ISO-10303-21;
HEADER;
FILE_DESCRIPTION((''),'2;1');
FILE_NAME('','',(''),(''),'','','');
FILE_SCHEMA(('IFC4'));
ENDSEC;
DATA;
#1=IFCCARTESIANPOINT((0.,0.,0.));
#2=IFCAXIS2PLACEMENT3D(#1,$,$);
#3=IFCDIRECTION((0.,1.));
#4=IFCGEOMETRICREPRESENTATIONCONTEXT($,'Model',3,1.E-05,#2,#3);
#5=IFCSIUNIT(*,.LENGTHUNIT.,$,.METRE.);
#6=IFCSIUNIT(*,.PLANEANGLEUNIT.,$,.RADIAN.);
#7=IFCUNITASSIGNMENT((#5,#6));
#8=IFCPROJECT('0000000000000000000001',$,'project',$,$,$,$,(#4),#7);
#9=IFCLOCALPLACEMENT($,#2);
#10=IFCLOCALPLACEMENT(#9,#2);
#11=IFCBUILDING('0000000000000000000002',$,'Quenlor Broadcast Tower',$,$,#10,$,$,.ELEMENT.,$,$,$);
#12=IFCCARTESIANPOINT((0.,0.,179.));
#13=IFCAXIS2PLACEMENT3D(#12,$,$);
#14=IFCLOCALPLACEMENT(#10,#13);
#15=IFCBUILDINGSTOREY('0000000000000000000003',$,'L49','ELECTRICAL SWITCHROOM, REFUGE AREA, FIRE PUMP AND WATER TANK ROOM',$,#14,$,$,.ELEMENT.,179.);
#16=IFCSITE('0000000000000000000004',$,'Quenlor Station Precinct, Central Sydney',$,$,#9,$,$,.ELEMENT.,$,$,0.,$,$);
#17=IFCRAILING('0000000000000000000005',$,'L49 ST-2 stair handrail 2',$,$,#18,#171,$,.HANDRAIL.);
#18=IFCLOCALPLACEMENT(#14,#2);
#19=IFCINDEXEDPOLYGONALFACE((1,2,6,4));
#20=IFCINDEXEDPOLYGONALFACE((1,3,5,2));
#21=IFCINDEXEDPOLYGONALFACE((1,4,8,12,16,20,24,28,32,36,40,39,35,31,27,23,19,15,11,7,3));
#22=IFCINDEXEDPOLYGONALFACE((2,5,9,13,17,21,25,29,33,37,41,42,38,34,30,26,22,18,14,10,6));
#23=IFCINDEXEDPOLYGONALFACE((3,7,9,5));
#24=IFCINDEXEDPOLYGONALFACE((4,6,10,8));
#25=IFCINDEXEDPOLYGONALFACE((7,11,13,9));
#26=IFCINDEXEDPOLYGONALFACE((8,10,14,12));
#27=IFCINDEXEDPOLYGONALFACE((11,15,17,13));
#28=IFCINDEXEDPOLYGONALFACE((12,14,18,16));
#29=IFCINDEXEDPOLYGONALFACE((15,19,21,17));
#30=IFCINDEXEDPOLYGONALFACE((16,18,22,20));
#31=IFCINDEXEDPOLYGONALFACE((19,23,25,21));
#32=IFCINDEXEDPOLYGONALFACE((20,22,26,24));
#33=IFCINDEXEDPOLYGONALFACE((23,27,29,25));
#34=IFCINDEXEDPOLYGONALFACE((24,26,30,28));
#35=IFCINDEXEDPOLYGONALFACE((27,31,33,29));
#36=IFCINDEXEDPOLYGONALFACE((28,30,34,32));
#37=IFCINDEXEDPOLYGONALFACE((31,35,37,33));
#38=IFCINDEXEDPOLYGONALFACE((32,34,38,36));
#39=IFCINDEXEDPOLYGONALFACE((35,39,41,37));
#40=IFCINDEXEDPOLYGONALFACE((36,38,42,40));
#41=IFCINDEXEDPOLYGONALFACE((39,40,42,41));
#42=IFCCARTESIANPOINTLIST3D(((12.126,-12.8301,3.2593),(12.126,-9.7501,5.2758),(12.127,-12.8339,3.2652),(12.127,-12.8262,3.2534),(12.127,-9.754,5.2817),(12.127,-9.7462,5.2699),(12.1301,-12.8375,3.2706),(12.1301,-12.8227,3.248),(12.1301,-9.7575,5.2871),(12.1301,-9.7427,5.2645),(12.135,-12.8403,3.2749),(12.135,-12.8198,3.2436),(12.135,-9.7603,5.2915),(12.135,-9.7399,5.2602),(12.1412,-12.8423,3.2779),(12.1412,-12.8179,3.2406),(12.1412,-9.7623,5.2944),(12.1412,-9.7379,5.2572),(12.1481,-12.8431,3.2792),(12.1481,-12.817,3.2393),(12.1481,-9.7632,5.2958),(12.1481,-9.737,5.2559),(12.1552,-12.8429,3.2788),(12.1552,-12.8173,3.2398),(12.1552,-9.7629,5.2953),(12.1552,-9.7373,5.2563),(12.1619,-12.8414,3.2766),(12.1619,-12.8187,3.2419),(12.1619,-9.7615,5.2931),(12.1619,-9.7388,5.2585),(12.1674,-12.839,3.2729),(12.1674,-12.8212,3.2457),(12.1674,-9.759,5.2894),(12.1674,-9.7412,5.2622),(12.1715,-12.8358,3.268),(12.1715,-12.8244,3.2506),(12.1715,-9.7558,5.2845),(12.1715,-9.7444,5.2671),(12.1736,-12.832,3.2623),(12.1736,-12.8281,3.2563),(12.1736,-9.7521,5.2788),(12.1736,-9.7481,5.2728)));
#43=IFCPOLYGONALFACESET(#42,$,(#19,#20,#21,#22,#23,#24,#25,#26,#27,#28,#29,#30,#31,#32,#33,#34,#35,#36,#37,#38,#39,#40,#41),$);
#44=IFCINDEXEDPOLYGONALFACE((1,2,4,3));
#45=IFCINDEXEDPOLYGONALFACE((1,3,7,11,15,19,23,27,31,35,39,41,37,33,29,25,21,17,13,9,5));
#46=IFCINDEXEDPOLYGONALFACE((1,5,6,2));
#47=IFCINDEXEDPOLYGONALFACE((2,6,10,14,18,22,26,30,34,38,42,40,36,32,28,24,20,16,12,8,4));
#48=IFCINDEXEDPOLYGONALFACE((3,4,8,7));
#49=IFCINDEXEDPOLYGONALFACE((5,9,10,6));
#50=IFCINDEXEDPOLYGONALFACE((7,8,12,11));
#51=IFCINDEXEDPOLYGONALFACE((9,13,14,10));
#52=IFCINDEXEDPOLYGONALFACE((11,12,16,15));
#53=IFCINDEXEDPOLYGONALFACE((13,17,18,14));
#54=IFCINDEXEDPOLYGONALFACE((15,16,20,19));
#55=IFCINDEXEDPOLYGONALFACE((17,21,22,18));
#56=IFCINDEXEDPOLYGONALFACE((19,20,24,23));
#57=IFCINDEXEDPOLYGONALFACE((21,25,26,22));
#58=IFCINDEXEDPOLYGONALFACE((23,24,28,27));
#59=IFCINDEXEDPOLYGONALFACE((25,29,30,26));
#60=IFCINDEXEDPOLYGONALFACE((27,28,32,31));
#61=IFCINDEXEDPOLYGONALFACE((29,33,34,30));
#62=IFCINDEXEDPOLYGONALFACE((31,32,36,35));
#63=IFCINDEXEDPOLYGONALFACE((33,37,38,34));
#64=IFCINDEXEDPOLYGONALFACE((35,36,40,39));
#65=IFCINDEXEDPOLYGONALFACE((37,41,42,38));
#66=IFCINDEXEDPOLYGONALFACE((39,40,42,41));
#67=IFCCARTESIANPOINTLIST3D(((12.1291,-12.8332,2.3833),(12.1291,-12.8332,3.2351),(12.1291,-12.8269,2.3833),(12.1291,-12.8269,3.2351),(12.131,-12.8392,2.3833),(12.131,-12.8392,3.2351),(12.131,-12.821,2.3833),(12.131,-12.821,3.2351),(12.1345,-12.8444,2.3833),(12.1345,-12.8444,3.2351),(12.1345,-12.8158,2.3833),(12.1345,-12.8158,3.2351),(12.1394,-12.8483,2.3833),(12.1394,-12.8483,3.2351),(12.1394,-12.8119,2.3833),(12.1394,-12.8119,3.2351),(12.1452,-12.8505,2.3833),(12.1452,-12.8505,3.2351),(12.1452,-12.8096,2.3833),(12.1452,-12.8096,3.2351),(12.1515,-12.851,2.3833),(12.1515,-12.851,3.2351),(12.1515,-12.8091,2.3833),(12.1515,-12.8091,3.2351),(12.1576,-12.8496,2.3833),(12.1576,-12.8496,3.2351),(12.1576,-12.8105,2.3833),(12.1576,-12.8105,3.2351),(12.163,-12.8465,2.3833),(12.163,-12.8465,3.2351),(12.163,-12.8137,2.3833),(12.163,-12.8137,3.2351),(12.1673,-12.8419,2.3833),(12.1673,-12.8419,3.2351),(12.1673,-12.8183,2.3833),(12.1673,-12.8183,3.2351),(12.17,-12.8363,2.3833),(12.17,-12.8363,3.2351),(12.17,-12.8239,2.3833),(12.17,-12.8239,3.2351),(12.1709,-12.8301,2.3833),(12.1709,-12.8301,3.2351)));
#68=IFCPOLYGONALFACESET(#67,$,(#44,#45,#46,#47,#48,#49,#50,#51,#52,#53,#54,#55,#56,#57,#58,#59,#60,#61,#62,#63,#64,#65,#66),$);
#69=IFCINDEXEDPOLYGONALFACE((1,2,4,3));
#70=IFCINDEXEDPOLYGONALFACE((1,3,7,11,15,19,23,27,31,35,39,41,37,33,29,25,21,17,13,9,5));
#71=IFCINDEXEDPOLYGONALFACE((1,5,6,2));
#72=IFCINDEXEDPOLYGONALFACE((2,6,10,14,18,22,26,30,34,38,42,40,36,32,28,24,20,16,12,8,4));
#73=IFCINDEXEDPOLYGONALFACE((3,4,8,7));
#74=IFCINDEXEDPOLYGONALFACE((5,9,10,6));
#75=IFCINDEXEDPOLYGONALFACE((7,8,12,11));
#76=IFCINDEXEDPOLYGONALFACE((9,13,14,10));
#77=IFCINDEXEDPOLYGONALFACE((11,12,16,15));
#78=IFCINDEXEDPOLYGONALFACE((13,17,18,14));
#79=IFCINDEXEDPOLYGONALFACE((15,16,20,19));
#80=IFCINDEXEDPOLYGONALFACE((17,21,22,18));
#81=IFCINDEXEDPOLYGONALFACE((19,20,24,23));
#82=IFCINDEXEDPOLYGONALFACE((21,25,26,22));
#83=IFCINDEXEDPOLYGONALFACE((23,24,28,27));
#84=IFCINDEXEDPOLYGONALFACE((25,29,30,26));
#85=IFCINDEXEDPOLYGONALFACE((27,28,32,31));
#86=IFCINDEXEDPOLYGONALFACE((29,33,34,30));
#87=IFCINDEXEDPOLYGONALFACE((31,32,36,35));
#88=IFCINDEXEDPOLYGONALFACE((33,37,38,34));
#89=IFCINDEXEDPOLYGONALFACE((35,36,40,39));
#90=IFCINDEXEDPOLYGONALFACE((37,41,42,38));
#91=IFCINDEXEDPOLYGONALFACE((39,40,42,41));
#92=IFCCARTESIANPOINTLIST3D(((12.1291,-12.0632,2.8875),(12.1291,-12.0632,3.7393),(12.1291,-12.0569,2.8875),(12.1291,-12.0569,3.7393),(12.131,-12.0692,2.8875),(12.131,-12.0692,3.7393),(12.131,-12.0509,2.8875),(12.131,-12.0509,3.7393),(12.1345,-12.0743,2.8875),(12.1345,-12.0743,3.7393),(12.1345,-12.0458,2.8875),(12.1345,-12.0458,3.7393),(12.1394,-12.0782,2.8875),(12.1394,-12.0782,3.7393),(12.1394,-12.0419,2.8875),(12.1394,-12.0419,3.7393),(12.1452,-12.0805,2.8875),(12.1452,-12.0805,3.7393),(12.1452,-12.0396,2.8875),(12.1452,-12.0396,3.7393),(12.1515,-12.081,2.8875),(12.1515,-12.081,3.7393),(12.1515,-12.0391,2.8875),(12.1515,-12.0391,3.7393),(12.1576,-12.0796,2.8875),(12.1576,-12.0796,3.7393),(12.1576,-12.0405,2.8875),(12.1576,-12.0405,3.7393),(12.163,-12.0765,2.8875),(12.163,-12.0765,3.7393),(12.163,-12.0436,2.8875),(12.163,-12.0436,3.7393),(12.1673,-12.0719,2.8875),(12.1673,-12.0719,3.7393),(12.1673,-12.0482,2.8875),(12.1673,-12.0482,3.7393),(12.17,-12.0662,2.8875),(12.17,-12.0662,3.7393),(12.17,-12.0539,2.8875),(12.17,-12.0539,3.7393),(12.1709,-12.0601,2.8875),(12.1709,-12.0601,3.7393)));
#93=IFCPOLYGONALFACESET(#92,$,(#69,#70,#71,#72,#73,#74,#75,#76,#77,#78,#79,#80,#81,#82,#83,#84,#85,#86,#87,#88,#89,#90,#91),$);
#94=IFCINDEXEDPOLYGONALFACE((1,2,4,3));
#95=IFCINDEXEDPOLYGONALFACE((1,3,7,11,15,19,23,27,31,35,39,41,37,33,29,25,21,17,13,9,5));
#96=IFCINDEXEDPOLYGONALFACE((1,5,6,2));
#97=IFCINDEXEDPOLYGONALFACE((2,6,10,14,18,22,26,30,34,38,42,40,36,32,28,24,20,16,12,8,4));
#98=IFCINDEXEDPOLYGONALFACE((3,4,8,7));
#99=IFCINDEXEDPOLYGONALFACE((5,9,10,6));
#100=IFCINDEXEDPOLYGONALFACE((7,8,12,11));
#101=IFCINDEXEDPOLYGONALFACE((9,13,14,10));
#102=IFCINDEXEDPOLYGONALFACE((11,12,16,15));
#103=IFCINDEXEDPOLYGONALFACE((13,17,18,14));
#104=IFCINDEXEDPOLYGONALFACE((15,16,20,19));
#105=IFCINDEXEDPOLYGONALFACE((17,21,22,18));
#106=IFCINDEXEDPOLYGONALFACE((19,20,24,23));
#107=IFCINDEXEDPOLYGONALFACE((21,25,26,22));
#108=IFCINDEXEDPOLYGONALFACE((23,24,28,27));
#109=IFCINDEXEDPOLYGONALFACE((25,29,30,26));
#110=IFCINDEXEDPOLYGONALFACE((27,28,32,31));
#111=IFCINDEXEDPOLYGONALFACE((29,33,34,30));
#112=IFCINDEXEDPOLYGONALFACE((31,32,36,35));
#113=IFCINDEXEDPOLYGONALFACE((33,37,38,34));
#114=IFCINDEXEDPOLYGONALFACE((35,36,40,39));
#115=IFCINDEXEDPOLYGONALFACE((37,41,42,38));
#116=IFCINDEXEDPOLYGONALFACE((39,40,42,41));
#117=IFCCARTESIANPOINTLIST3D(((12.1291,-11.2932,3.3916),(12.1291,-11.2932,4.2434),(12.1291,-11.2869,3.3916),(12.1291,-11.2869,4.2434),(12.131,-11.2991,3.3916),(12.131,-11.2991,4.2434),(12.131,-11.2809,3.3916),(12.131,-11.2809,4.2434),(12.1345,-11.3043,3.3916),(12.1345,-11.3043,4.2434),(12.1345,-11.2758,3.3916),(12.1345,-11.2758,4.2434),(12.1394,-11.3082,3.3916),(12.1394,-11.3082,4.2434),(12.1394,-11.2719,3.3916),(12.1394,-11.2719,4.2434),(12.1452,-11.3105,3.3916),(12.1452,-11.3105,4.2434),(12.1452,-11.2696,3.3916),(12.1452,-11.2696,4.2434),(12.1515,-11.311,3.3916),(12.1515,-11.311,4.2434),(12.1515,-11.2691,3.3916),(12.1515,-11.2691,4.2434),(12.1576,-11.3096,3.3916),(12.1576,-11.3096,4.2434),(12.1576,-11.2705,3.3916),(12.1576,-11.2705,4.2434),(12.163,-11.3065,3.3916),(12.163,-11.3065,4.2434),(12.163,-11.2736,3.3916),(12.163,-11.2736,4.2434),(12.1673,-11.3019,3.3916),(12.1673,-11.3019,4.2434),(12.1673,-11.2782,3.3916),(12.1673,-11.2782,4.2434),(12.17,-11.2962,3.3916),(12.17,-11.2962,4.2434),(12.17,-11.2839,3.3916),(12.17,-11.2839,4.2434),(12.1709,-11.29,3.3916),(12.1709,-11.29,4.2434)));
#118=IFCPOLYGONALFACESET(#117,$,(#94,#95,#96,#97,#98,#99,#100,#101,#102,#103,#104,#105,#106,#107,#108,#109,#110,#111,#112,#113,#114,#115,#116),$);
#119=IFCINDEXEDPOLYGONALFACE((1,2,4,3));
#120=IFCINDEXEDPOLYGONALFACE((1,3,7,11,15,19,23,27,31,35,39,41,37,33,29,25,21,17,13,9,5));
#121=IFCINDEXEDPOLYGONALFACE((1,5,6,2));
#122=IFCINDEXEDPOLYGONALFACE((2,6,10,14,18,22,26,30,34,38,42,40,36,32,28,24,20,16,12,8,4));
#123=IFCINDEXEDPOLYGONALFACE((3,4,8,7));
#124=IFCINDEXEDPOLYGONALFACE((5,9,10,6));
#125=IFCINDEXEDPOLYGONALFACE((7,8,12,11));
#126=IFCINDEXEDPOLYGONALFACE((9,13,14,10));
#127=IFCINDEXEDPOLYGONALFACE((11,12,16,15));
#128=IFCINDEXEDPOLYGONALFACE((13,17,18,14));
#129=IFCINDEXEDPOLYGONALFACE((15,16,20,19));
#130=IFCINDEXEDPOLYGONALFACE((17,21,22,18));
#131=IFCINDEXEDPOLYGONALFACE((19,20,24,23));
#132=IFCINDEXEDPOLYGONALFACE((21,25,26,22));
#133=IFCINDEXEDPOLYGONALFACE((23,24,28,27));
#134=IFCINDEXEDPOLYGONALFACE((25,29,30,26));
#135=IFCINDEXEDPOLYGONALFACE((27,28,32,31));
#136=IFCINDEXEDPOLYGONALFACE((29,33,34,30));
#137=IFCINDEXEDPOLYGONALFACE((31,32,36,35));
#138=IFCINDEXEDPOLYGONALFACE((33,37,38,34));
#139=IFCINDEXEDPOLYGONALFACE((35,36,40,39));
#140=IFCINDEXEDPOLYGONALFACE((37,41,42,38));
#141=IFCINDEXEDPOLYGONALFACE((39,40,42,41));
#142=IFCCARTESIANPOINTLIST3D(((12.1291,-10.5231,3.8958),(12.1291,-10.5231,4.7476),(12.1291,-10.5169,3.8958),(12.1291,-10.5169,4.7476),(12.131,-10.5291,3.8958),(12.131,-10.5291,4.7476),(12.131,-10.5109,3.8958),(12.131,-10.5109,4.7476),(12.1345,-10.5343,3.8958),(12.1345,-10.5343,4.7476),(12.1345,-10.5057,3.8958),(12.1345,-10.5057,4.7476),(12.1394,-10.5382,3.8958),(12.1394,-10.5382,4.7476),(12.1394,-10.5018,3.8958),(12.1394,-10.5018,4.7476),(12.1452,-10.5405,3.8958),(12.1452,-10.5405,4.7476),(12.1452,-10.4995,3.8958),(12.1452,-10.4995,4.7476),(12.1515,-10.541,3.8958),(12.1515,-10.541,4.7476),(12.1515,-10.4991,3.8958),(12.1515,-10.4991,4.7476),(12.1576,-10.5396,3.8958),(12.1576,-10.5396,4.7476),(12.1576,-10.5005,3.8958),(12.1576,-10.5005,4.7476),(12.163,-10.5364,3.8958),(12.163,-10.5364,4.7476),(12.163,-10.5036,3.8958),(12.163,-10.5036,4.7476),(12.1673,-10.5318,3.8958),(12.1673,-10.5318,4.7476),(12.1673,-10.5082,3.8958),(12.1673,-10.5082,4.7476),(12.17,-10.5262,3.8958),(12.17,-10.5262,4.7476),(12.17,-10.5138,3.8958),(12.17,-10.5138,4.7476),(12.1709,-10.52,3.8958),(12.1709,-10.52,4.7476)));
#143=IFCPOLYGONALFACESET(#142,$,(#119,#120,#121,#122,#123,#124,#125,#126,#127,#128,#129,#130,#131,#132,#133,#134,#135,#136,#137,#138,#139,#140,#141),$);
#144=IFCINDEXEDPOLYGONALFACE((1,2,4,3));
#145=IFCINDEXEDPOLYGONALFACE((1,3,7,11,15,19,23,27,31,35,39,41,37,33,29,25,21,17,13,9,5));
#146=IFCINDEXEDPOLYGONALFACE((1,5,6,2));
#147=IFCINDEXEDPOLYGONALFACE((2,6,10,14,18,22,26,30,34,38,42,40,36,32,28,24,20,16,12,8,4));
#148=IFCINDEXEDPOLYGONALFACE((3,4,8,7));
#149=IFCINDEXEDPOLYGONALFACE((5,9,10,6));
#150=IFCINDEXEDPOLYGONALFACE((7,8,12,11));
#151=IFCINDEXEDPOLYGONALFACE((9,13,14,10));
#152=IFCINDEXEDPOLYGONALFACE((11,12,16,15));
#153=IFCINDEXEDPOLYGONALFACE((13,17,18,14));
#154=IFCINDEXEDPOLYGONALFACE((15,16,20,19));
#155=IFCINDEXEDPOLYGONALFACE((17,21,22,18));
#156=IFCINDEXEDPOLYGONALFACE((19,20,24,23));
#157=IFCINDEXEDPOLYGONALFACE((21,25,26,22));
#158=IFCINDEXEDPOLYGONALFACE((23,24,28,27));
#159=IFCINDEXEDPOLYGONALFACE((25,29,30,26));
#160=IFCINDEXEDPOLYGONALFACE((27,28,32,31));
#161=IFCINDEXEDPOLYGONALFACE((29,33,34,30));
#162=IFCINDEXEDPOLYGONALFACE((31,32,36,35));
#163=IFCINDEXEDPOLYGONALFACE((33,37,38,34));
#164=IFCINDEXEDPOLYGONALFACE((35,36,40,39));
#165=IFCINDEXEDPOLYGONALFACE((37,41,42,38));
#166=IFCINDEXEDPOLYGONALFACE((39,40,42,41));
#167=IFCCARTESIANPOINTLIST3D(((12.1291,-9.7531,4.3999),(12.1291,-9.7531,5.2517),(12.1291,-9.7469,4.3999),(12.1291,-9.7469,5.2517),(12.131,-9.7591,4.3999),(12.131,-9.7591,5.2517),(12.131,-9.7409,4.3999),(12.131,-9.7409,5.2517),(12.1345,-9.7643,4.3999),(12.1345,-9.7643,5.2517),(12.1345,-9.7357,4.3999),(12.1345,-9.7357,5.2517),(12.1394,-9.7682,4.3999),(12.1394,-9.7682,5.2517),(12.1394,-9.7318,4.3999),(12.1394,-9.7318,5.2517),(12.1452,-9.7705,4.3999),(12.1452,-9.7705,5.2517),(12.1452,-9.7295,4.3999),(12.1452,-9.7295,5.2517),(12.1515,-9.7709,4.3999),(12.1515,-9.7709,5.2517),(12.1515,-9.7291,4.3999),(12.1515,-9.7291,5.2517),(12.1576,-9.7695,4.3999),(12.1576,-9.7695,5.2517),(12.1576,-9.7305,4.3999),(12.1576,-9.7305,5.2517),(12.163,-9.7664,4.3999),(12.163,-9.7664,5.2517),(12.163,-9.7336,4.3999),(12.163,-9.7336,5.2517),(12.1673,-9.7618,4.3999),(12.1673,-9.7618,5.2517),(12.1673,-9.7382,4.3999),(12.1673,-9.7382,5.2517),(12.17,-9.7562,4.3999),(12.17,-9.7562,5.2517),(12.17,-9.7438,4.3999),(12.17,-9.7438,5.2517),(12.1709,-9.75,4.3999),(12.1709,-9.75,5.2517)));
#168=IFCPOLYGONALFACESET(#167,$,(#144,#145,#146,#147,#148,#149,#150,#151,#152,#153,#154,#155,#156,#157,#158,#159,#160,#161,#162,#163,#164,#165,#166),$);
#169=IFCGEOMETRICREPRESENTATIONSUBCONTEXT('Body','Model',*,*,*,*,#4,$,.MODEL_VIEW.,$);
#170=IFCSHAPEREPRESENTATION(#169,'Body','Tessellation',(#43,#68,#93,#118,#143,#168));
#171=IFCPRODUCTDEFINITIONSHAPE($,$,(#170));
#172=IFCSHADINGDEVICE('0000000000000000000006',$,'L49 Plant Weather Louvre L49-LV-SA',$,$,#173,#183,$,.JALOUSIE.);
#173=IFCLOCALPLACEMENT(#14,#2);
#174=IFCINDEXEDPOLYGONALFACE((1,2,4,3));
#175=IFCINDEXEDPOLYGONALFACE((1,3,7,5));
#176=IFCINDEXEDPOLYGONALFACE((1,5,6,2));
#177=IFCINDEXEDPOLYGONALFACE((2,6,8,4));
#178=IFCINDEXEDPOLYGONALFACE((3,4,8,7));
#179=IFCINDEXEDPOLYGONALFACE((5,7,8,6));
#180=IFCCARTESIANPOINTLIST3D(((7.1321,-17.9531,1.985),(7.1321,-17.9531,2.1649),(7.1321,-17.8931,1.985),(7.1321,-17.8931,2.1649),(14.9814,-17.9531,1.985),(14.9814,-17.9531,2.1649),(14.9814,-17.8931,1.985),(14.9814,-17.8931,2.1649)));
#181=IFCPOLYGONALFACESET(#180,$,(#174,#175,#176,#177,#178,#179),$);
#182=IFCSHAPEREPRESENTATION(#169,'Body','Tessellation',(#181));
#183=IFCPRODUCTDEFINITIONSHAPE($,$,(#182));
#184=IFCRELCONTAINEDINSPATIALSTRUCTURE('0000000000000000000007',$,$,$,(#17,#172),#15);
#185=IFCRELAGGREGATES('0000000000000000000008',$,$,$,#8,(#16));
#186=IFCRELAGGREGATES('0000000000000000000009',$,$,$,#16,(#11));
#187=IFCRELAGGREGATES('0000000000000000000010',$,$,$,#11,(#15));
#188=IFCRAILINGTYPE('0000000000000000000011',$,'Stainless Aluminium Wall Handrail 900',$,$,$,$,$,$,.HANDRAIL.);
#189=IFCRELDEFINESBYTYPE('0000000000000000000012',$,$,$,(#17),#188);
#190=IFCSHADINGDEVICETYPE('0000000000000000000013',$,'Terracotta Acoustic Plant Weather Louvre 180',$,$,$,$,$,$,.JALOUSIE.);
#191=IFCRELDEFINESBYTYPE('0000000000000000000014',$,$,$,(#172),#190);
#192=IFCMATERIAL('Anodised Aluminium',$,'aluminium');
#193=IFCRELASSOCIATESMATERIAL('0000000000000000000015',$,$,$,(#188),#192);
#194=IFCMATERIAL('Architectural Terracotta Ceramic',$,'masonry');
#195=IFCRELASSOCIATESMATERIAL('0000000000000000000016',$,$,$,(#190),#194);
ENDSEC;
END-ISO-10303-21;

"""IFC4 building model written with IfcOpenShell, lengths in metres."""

from ifc_helpers import new_model, si_unit, direction, frame, origin, origin_2d, place, context, subcontext, project, spatial, rectangle, circle, extrude, material, material_profile, profile_set, type_object, element, save


model = new_model("IFC4")

# Units and contexts
model_context = context("Model", 3, precision=1e-05, world=origin(), true_north=direction((0.0, 1.0)))
body_context = subcontext(model_context, "Body", "Model", "MODEL_VIEW")
ifc_project = project(units=[si_unit("LENGTHUNIT", "METRE"), si_unit("PLANEANGLEUNIT", "RADIAN")], contexts=[model_context])

# Site, building, storey
site_placement = place(None, origin())
site = spatial("IfcSite", under=ifc_project, at=site_placement, Name="Quenlor Station Precinct, Central Sydney", CompositionType="ELEMENT", RefElevation=0.0)
building_placement = place(site_placement, origin())
building = spatial("IfcBuilding", under=site, at=building_placement, Name="Quenlor Broadcast Tower", CompositionType="ELEMENT")
storey_placement = place(building_placement, frame((0.0, 0.0, 179.0)))
storey = spatial("IfcBuildingStorey", under=building, at=storey_placement, Name="L49", Description="ELECTRICAL SWITCHROOM, REFUGE AREA, FIRE PUMP AND WATER TANK ROOM", CompositionType="ELEMENT", Elevation=179.0)

# Railing
ifc_material_1 = material(Name="Anodised Aluminium", Category="aluminium")
railing_type = type_object("IfcRailingType", Name="Stainless Aluminium Wall Handrail 900", PredefinedType="HANDRAIL", material=ifc_material_1)
railing_placement = place(storey_placement, frame((12.1499, -12.8301, 2.3833)))
element("IfcRailing", 1, at=railing_placement, inside=storey, type_object=railing_type, Name="L49 ST-2 stair handrail 2", PredefinedType="HANDRAIL", context=body_context, shape_type="SweptSolid", body=[
    extrude(circle(Radius=0.0239, at=origin_2d()), frame((0.0, 0.0, 0.876), z_axis=(0.0, 0.836633, 0.547764), x_axis=(-1.0, 0.0, 0.0)), (0.0, 0.0, 1.0), 3.6814),
    extrude(circle(Radius=0.021, at=origin_2d()), origin(), (0.0, 0.0, 1.0), 0.8518),
    extrude(circle(Radius=0.021, at=origin_2d()), frame((0.0, 0.77, 0.5042)), (0.0, 0.0, 1.0), 0.8518),
    extrude(circle(Radius=0.021, at=origin_2d()), frame((0.0, 1.54, 1.0083)), (0.0, 0.0, 1.0), 0.8518),
    extrude(circle(Radius=0.021, at=origin_2d()), frame((0.0, 2.3101, 1.5125)), (0.0, 0.0, 1.0), 0.8518),
    extrude(circle(Radius=0.021, at=origin_2d()), frame((0.0, 3.0801, 2.0166)), (0.0, 0.0, 1.0), 0.8518),
])

# Shading device
ifc_material_2 = material(Name="Architectural Terracotta Ceramic", Category="masonry")
ifc_material_profile_1 = material_profile(ifc_material_2, rectangle(XDim=0.0601, YDim=0.1799, at=origin_2d()))
ifc_profile_set_1 = profile_set([ifc_material_profile_1], Name="Architectural Terracotta Ceramic LVR60x180")
shading_device_type = type_object("IfcShadingDeviceType", Name="Terracotta Acoustic Plant Weather Louvre 180", PredefinedType="JALOUSIE", material=ifc_profile_set_1)
shading_device_placement = place(storey_placement, frame((14.9814, -17.9231, 2.075), z_axis=(-1.0, 0.0, 0.0), x_axis=(0.0, -1.0, 0.0)))
element("IfcShadingDevice", 2, at=shading_device_placement, inside=storey, type_object=shading_device_type, Name="L49 Plant Weather Louvre L49-LV-SA", PredefinedType="JALOUSIE", context=body_context, shape_type="SweptSolid", body=[
    extrude(rectangle(XDim=0.0601, YDim=0.1799, at=origin_2d()), origin(), (0.0, 0.0, 1.0), 7.8494),
])

save(model, "model.ifc")
